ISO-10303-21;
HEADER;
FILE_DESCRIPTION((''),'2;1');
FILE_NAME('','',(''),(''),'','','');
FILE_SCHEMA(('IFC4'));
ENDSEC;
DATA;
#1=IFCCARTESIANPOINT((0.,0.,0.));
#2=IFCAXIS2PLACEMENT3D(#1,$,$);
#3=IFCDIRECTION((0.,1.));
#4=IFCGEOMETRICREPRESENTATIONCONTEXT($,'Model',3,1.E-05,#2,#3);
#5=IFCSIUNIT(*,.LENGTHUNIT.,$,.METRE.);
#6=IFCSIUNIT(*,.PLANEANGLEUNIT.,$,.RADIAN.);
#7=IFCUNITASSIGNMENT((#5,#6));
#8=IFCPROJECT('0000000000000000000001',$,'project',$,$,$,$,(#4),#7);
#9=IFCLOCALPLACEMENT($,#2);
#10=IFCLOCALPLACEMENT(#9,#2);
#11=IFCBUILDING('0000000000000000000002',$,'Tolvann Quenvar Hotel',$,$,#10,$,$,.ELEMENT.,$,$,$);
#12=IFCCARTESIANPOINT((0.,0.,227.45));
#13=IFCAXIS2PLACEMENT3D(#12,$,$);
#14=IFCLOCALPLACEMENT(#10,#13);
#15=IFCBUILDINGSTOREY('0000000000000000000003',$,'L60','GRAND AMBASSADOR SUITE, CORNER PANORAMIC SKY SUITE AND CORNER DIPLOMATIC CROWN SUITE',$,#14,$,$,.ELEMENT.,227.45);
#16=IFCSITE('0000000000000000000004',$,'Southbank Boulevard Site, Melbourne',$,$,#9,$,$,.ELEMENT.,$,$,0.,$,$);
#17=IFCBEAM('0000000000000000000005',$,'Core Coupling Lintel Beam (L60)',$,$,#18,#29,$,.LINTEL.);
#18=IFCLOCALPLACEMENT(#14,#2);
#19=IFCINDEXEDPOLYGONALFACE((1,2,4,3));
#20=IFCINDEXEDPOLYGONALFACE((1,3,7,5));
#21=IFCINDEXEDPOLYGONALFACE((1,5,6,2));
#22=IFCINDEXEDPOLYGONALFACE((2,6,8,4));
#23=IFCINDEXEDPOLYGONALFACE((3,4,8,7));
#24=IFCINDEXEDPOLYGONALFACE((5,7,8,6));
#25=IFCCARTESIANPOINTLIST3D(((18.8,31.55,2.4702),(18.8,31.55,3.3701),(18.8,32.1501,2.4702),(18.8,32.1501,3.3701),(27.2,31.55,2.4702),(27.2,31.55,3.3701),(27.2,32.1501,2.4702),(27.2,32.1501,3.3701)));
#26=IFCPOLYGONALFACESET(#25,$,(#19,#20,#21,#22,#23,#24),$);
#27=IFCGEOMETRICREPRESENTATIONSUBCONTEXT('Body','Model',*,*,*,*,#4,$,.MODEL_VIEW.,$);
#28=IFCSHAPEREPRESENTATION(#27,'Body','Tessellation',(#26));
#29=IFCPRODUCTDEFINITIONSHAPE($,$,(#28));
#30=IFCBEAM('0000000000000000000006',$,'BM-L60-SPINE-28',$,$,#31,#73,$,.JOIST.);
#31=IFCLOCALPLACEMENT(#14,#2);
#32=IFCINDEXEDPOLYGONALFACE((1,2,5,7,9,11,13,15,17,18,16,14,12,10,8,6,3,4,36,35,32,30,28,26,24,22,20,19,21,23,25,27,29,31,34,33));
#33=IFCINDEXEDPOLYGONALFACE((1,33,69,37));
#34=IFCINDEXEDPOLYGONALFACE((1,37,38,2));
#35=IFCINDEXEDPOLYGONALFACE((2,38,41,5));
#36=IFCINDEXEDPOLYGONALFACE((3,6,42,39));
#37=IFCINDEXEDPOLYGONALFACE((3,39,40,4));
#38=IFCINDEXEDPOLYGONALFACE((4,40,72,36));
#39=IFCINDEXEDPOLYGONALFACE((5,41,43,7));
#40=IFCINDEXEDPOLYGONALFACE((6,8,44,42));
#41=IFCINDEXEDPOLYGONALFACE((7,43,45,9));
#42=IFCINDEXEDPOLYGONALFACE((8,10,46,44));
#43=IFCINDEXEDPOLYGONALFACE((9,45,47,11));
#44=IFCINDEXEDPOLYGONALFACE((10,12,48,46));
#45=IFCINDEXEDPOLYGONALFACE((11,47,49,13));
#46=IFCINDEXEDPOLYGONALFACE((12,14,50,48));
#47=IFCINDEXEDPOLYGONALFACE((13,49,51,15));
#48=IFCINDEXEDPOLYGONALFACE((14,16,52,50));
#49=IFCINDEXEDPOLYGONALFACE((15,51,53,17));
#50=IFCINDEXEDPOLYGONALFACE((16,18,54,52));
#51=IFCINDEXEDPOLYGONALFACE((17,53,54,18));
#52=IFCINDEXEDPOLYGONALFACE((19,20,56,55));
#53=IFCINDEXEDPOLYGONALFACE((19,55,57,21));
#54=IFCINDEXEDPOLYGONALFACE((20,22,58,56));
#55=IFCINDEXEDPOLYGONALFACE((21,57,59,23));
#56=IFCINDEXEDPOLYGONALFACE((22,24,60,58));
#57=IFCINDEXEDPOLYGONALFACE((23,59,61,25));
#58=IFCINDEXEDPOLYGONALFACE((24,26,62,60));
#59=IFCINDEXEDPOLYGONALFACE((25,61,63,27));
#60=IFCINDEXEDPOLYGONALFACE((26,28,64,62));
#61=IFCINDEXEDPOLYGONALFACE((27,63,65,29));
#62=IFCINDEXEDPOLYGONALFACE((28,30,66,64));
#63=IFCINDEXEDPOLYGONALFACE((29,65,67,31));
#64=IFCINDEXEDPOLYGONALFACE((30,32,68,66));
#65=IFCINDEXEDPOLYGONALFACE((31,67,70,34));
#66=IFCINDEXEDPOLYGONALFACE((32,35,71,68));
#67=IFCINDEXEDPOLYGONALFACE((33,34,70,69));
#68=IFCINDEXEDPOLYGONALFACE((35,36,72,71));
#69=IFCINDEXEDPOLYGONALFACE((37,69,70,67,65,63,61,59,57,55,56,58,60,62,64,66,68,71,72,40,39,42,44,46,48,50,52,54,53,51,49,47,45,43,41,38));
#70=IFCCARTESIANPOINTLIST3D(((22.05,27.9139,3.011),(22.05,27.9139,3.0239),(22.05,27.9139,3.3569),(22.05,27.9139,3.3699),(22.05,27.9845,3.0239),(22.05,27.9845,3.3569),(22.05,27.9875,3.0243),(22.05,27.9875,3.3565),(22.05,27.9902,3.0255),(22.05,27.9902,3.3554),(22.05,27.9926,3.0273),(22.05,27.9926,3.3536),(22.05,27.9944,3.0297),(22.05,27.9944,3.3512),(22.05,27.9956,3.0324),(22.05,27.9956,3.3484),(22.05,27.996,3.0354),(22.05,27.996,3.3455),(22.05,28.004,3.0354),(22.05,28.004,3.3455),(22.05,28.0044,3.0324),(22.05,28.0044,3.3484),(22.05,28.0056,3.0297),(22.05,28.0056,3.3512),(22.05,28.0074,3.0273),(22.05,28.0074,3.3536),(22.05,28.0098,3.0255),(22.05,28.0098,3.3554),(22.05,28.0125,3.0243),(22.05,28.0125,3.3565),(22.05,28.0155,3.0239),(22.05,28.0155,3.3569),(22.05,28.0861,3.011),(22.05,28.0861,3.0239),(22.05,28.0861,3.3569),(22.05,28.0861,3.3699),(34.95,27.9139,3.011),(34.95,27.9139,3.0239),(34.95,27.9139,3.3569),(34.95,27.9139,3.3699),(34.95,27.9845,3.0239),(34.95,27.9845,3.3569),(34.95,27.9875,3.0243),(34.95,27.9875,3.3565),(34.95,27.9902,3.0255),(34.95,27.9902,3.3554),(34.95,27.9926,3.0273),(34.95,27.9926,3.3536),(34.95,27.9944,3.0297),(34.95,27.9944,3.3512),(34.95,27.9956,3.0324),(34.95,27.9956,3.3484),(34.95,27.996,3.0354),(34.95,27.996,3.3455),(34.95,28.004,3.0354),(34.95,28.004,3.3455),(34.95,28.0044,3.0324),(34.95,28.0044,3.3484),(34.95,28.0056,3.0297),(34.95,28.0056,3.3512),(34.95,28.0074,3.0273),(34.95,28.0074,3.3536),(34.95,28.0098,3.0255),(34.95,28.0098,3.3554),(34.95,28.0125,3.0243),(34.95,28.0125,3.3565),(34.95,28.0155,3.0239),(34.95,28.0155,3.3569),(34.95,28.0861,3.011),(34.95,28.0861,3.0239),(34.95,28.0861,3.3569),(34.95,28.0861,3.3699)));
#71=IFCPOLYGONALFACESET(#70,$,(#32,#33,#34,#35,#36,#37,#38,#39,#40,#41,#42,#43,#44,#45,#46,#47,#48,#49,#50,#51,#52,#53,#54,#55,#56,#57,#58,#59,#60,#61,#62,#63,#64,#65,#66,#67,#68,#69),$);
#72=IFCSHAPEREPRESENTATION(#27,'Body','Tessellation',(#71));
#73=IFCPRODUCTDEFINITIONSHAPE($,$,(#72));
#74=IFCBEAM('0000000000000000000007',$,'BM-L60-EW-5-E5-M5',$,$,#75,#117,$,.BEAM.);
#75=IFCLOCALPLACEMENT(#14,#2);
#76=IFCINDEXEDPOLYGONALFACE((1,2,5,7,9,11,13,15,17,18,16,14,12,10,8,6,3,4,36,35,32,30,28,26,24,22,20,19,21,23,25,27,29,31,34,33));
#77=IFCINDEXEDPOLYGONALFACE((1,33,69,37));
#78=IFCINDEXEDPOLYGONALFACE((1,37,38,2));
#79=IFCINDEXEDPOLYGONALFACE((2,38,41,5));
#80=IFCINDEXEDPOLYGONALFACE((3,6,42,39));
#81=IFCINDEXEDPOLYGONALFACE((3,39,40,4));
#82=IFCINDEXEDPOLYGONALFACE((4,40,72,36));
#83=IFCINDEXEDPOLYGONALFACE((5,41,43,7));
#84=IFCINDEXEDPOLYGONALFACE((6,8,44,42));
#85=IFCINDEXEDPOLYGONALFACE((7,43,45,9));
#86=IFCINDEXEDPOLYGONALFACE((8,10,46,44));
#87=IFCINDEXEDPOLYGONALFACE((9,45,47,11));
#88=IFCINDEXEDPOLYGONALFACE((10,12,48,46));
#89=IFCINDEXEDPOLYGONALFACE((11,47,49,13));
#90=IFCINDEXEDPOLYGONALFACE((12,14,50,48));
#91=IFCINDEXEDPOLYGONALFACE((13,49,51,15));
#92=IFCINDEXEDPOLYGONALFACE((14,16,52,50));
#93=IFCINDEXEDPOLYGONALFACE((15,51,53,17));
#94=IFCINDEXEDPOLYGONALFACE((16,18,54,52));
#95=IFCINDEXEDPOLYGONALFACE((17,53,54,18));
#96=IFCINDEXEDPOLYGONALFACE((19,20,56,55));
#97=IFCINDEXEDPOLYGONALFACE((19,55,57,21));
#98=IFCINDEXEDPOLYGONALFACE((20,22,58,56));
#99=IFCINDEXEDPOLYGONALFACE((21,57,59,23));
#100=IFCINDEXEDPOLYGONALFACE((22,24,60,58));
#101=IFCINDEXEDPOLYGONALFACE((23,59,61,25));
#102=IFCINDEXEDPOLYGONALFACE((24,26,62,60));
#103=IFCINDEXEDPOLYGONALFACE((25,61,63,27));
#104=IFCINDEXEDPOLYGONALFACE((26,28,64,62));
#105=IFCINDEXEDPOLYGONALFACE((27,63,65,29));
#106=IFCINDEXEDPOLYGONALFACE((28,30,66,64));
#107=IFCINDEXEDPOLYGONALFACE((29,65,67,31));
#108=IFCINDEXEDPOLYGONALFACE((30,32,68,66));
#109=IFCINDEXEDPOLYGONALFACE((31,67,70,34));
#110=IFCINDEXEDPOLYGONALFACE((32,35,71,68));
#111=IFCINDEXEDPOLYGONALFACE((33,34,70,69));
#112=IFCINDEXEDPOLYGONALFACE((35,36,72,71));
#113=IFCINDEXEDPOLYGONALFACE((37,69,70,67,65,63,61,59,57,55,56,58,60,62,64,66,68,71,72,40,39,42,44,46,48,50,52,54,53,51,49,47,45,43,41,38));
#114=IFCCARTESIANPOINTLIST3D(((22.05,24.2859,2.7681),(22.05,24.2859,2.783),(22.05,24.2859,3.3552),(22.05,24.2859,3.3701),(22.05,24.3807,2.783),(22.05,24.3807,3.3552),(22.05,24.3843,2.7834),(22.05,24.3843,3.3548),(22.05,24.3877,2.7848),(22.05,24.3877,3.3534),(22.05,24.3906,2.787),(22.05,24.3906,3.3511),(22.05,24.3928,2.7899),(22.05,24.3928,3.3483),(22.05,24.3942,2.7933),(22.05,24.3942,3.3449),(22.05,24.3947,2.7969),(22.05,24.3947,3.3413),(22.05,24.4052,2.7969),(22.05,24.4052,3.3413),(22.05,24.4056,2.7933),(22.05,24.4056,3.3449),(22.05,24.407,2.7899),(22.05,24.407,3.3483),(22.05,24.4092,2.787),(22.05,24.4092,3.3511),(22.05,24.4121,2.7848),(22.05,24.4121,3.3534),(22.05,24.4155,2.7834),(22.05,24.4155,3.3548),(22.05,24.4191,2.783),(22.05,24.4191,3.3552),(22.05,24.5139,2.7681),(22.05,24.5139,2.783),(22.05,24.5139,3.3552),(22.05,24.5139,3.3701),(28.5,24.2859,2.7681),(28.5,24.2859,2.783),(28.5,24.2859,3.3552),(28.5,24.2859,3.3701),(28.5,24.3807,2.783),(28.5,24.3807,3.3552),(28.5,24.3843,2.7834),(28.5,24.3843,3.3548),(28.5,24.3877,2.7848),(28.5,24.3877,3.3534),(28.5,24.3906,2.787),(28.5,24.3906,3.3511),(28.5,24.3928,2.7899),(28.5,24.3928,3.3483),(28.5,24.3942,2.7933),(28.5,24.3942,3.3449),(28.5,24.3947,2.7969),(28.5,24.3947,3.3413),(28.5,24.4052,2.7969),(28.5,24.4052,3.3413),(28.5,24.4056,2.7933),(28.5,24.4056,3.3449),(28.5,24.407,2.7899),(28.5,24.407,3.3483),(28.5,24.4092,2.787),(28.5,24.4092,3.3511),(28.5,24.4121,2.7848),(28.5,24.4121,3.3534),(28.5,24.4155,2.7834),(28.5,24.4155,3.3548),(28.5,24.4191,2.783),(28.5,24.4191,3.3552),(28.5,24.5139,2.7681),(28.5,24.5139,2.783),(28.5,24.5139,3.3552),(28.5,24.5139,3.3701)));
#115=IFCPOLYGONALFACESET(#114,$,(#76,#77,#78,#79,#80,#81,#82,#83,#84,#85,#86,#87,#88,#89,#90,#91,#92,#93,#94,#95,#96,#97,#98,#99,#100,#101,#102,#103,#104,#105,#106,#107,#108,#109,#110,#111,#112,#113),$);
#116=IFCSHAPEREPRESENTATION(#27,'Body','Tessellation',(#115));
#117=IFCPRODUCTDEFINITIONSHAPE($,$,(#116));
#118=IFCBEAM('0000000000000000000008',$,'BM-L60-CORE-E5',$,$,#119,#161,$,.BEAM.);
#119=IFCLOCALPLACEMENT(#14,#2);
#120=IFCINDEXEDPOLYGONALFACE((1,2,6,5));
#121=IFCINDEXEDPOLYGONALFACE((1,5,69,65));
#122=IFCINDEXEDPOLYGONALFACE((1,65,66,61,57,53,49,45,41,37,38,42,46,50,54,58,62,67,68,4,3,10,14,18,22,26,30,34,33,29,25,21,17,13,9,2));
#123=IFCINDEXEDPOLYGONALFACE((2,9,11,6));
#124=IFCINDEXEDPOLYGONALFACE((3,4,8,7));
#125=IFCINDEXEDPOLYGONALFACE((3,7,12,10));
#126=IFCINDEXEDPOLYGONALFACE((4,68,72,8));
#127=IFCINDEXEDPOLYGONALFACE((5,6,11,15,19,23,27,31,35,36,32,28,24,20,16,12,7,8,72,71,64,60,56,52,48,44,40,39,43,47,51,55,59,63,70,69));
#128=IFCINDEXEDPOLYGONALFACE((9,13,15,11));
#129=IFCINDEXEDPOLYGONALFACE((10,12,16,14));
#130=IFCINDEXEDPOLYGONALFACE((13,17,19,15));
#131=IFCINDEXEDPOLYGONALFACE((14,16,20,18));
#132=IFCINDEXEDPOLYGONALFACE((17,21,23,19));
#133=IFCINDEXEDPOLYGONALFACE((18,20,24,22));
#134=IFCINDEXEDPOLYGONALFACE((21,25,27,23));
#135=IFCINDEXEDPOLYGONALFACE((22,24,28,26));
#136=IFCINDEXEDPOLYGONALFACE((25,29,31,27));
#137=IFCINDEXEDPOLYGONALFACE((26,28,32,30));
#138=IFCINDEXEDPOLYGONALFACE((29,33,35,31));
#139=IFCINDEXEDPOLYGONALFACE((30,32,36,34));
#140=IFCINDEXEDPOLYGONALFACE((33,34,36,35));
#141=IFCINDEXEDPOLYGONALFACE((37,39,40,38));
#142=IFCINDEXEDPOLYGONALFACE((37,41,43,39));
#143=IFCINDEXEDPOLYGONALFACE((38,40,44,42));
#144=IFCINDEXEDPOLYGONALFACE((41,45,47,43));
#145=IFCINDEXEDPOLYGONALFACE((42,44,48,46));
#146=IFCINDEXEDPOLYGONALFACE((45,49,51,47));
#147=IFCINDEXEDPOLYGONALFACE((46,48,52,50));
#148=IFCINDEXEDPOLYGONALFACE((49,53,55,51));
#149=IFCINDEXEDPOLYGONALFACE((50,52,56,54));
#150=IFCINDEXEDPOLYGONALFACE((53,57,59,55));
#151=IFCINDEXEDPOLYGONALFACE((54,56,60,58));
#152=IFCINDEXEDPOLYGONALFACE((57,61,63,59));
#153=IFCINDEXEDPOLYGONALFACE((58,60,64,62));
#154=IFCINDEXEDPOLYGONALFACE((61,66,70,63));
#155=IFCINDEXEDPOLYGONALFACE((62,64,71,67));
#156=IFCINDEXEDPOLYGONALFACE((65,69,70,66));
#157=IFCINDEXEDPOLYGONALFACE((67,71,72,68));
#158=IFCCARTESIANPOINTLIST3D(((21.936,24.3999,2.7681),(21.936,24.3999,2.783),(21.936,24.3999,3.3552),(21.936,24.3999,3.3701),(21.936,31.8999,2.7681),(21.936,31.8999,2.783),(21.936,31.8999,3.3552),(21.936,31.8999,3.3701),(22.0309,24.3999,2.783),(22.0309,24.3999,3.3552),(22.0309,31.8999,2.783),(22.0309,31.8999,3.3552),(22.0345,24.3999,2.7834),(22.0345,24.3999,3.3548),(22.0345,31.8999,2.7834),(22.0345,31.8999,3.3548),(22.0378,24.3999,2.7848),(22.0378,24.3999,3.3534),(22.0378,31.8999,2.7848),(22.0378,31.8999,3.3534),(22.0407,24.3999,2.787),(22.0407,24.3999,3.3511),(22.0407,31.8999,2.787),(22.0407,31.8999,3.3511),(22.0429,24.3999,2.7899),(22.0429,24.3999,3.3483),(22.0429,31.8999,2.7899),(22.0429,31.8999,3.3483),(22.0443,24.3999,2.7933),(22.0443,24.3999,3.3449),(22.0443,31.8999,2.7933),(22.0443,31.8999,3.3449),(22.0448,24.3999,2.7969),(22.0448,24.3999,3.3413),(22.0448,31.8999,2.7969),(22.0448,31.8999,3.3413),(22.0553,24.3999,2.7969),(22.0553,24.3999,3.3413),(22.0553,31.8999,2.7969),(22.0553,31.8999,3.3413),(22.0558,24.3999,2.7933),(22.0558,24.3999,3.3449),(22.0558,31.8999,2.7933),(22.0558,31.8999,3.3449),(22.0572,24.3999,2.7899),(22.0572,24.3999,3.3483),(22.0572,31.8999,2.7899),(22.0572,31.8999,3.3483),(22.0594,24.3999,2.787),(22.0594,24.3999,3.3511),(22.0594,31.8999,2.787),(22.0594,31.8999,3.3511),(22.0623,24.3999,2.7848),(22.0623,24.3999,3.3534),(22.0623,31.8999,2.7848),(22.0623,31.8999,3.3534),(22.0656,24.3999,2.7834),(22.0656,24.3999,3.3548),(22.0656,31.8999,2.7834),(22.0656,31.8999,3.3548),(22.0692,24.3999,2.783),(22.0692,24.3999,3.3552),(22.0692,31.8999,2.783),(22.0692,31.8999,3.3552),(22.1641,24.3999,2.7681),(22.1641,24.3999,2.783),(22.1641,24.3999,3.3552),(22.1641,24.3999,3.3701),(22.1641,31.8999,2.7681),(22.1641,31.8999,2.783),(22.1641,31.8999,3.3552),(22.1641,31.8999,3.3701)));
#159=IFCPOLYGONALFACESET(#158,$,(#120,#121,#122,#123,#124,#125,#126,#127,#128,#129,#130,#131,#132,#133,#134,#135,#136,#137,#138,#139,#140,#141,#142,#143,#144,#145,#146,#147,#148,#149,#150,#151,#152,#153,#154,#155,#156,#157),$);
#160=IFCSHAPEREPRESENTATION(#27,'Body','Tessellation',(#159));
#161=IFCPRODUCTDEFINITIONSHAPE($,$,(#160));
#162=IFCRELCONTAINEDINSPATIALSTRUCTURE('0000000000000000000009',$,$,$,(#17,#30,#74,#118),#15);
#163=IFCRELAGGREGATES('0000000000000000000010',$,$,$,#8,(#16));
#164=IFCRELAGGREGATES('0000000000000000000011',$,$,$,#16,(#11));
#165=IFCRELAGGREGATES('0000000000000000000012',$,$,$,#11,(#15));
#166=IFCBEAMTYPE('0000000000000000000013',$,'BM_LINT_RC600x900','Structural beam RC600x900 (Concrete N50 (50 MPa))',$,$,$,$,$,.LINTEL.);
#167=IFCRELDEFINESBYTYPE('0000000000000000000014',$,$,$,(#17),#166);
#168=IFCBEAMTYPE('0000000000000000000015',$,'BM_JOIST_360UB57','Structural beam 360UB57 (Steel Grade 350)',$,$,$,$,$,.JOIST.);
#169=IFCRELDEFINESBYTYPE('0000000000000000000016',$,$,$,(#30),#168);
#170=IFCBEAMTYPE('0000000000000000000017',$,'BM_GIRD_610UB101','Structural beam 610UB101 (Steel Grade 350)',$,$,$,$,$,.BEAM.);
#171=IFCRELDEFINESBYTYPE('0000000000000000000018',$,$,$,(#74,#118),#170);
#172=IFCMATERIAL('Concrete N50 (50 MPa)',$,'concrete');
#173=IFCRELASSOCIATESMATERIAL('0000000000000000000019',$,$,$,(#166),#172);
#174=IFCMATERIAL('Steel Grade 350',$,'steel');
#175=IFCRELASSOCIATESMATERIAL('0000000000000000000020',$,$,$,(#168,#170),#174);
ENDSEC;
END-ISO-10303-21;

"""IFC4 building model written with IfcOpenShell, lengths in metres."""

from ifc_helpers import new_model, si_unit, direction, frame, origin, origin_2d, place, context, subcontext, project, spatial, rectangle, i_section, extrude, source, transform, mapped, material, material_profile, profile_set, type_object, type_shapes, element, save


model = new_model("IFC4")

# Units and contexts
model_context = context("Model", 3, precision=1e-05, world=origin(), true_north=direction((0.0, 1.0)))
body_context = subcontext(model_context, "Body", "Model", "MODEL_VIEW")
ifc_project = project(units=[si_unit("LENGTHUNIT", "METRE"), si_unit("PLANEANGLEUNIT", "RADIAN")], contexts=[model_context])

# Site, building, storey
site_placement = place(None, origin())
site = spatial("IfcSite", under=ifc_project, at=site_placement, Name="Southbank Boulevard Site, Melbourne", CompositionType="ELEMENT", RefElevation=0.0)
building_placement = place(site_placement, origin())
building = spatial("IfcBuilding", under=site, at=building_placement, Name="Tolvann Quenvar Hotel", CompositionType="ELEMENT")
storey_placement = place(building_placement, frame((0.0, 0.0, 227.45)))
storey = spatial("IfcBuildingStorey", under=building, at=storey_placement, Name="L60", Description="GRAND AMBASSADOR SUITE, CORNER PANORAMIC SKY SUITE AND CORNER DIPLOMATIC CROWN SUITE", CompositionType="ELEMENT", Elevation=227.45)

# Beams
ifc_material_1 = material(Name="Concrete N50 (50 MPa)", Category="concrete")
ifc_material_profile_1 = material_profile(ifc_material_1, rectangle(XDim=0.6001, YDim=0.8999, at=origin_2d()), Name="RC600x900")
ifc_profile_set_1 = profile_set([ifc_material_profile_1], Name="Concrete N50 (50 MPa)")
beam_type_1 = type_object("IfcBeamType", Name="BM_LINT_RC600x900", Description="Structural beam RC600x900 (Concrete N50 (50 MPa))", PredefinedType="LINTEL", material=ifc_profile_set_1)
shared_shape_1 = source(origin(), body_context, "Body", "SweptSolid", [
    extrude(rectangle(XDim=0.6001, YDim=0.8999, at=origin_2d()), origin(), (0.0, 0.0, 1.0), 8.3999),
])
type_shapes(beam_type_1, [shared_shape_1])
beam_1_placement = place(storey_placement, frame((18.8, 31.8501, 2.9202), z_axis=(1.0, 0.0, 0.0), x_axis=(0.0, 1.0, 0.0)))
element("IfcBeam", 1, at=beam_1_placement, inside=storey, type_object=beam_type_1, Name="Core Coupling Lintel Beam (L60)", PredefinedType="LINTEL", context=body_context, shape_type="MappedRepresentation", body=[
    mapped(shared_shape_1, transform((0.0, 0.0, 0.0), x_axis=(1.0, 0.0, 0.0), y_axis=(0.0, 1.0, 0.0), z_axis=(0.0, 0.0, 1.0), scale=1.0)),
])
ifc_material_2 = material(Name="Steel Grade 350", Category="steel")
ifc_material_profile_2 = material_profile(ifc_material_2, i_section(OverallWidth=0.1721, OverallDepth=0.3589, WebThickness=0.0081, FlangeThickness=0.0129, FilletRadius=0.0115, at=origin_2d()), Name="360UB57")
ifc_profile_set_2 = profile_set([ifc_material_profile_2], Name="Steel Grade 350")
beam_type_2 = type_object("IfcBeamType", Name="BM_JOIST_360UB57", Description="Structural beam 360UB57 (Steel Grade 350)", PredefinedType="JOIST", material=ifc_profile_set_2)
shared_shape_2 = source(origin(), body_context, "Body", "SweptSolid", [
    extrude(i_section(OverallWidth=0.1721, OverallDepth=0.3589, WebThickness=0.0081, FlangeThickness=0.0129, FilletRadius=0.0115, at=origin_2d()), origin(), (0.0, 0.0, 1.0), 12.8999),
])
beam_2_placement = place(storey_placement, frame((22.05, 28.0, 3.1904), z_axis=(1.0, 0.0, 0.0), x_axis=(0.0, 1.0, 0.0)))
element("IfcBeam", 2, at=beam_2_placement, inside=storey, type_object=beam_type_2, Name="BM-L60-SPINE-28", PredefinedType="JOIST", context=body_context, shape_type="MappedRepresentation", body=[
    mapped(shared_shape_2, transform((0.0, 0.0, 0.0), x_axis=(1.0, 0.0, 0.0), y_axis=(0.0, 1.0, 0.0), z_axis=(0.0, 0.0, 1.0), scale=1.0)),
])
ifc_material_profile_3 = material_profile(ifc_material_2, i_section(OverallWidth=0.228, OverallDepth=0.6021, WebThickness=0.0105, FlangeThickness=0.0149, FilletRadius=0.0139, at=origin_2d()), Name="610UB101")
ifc_profile_set_3 = profile_set([ifc_material_profile_3], Name="Steel Grade 350")
beam_type_3 = type_object("IfcBeamType", Name="BM_GIRD_610UB101", Description="Structural beam 610UB101 (Steel Grade 350)", PredefinedType="BEAM", material=ifc_profile_set_3)
shared_shape_3 = source(origin(), body_context, "Body", "SweptSolid", [
    extrude(i_section(OverallWidth=0.228, OverallDepth=0.6021, WebThickness=0.0105, FlangeThickness=0.0149, FilletRadius=0.0139, at=origin_2d()), origin(), (0.0, 0.0, 1.0), 6.45),
])
beam_3_placement = place(storey_placement, frame((22.05, 24.3999, 3.0691), z_axis=(1.0, 0.0, 0.0), x_axis=(0.0, 1.0, 0.0)))
element("IfcBeam", 3, at=beam_3_placement, inside=storey, type_object=beam_type_3, Name="BM-L60-EW-5-E5-M5", PredefinedType="BEAM", context=body_context, shape_type="MappedRepresentation", body=[
    mapped(shared_shape_3, transform((0.0, 0.0, 0.0), x_axis=(1.0, 0.0, 0.0), y_axis=(0.0, 1.0, 0.0), z_axis=(0.0, 0.0, 1.0), scale=1.0)),
])
shared_shape_4 = source(origin(), body_context, "Body", "SweptSolid", [
    extrude(i_section(OverallWidth=0.228, OverallDepth=0.6021, WebThickness=0.0105, FlangeThickness=0.0149, FilletRadius=0.0139, at=origin_2d()), origin(), (0.0, 0.0, 1.0), 7.5),
])
type_shapes(beam_type_3, [shared_shape_3, shared_shape_4])
beam_4_placement = place(storey_placement, frame((22.05, 24.3999, 3.0691), z_axis=(0.0, 1.0, 0.0), x_axis=(-1.0, 0.0, 0.0)))
element("IfcBeam", 4, at=beam_4_placement, inside=storey, type_object=beam_type_3, Name="BM-L60-CORE-E5", PredefinedType="BEAM", context=body_context, shape_type="MappedRepresentation", body=[
    mapped(shared_shape_4, transform((0.0, 0.0, 0.0), x_axis=(1.0, 0.0, 0.0), y_axis=(0.0, 1.0, 0.0), z_axis=(0.0, 0.0, 1.0), scale=1.0)),
])

save(model, "model.ifc")
